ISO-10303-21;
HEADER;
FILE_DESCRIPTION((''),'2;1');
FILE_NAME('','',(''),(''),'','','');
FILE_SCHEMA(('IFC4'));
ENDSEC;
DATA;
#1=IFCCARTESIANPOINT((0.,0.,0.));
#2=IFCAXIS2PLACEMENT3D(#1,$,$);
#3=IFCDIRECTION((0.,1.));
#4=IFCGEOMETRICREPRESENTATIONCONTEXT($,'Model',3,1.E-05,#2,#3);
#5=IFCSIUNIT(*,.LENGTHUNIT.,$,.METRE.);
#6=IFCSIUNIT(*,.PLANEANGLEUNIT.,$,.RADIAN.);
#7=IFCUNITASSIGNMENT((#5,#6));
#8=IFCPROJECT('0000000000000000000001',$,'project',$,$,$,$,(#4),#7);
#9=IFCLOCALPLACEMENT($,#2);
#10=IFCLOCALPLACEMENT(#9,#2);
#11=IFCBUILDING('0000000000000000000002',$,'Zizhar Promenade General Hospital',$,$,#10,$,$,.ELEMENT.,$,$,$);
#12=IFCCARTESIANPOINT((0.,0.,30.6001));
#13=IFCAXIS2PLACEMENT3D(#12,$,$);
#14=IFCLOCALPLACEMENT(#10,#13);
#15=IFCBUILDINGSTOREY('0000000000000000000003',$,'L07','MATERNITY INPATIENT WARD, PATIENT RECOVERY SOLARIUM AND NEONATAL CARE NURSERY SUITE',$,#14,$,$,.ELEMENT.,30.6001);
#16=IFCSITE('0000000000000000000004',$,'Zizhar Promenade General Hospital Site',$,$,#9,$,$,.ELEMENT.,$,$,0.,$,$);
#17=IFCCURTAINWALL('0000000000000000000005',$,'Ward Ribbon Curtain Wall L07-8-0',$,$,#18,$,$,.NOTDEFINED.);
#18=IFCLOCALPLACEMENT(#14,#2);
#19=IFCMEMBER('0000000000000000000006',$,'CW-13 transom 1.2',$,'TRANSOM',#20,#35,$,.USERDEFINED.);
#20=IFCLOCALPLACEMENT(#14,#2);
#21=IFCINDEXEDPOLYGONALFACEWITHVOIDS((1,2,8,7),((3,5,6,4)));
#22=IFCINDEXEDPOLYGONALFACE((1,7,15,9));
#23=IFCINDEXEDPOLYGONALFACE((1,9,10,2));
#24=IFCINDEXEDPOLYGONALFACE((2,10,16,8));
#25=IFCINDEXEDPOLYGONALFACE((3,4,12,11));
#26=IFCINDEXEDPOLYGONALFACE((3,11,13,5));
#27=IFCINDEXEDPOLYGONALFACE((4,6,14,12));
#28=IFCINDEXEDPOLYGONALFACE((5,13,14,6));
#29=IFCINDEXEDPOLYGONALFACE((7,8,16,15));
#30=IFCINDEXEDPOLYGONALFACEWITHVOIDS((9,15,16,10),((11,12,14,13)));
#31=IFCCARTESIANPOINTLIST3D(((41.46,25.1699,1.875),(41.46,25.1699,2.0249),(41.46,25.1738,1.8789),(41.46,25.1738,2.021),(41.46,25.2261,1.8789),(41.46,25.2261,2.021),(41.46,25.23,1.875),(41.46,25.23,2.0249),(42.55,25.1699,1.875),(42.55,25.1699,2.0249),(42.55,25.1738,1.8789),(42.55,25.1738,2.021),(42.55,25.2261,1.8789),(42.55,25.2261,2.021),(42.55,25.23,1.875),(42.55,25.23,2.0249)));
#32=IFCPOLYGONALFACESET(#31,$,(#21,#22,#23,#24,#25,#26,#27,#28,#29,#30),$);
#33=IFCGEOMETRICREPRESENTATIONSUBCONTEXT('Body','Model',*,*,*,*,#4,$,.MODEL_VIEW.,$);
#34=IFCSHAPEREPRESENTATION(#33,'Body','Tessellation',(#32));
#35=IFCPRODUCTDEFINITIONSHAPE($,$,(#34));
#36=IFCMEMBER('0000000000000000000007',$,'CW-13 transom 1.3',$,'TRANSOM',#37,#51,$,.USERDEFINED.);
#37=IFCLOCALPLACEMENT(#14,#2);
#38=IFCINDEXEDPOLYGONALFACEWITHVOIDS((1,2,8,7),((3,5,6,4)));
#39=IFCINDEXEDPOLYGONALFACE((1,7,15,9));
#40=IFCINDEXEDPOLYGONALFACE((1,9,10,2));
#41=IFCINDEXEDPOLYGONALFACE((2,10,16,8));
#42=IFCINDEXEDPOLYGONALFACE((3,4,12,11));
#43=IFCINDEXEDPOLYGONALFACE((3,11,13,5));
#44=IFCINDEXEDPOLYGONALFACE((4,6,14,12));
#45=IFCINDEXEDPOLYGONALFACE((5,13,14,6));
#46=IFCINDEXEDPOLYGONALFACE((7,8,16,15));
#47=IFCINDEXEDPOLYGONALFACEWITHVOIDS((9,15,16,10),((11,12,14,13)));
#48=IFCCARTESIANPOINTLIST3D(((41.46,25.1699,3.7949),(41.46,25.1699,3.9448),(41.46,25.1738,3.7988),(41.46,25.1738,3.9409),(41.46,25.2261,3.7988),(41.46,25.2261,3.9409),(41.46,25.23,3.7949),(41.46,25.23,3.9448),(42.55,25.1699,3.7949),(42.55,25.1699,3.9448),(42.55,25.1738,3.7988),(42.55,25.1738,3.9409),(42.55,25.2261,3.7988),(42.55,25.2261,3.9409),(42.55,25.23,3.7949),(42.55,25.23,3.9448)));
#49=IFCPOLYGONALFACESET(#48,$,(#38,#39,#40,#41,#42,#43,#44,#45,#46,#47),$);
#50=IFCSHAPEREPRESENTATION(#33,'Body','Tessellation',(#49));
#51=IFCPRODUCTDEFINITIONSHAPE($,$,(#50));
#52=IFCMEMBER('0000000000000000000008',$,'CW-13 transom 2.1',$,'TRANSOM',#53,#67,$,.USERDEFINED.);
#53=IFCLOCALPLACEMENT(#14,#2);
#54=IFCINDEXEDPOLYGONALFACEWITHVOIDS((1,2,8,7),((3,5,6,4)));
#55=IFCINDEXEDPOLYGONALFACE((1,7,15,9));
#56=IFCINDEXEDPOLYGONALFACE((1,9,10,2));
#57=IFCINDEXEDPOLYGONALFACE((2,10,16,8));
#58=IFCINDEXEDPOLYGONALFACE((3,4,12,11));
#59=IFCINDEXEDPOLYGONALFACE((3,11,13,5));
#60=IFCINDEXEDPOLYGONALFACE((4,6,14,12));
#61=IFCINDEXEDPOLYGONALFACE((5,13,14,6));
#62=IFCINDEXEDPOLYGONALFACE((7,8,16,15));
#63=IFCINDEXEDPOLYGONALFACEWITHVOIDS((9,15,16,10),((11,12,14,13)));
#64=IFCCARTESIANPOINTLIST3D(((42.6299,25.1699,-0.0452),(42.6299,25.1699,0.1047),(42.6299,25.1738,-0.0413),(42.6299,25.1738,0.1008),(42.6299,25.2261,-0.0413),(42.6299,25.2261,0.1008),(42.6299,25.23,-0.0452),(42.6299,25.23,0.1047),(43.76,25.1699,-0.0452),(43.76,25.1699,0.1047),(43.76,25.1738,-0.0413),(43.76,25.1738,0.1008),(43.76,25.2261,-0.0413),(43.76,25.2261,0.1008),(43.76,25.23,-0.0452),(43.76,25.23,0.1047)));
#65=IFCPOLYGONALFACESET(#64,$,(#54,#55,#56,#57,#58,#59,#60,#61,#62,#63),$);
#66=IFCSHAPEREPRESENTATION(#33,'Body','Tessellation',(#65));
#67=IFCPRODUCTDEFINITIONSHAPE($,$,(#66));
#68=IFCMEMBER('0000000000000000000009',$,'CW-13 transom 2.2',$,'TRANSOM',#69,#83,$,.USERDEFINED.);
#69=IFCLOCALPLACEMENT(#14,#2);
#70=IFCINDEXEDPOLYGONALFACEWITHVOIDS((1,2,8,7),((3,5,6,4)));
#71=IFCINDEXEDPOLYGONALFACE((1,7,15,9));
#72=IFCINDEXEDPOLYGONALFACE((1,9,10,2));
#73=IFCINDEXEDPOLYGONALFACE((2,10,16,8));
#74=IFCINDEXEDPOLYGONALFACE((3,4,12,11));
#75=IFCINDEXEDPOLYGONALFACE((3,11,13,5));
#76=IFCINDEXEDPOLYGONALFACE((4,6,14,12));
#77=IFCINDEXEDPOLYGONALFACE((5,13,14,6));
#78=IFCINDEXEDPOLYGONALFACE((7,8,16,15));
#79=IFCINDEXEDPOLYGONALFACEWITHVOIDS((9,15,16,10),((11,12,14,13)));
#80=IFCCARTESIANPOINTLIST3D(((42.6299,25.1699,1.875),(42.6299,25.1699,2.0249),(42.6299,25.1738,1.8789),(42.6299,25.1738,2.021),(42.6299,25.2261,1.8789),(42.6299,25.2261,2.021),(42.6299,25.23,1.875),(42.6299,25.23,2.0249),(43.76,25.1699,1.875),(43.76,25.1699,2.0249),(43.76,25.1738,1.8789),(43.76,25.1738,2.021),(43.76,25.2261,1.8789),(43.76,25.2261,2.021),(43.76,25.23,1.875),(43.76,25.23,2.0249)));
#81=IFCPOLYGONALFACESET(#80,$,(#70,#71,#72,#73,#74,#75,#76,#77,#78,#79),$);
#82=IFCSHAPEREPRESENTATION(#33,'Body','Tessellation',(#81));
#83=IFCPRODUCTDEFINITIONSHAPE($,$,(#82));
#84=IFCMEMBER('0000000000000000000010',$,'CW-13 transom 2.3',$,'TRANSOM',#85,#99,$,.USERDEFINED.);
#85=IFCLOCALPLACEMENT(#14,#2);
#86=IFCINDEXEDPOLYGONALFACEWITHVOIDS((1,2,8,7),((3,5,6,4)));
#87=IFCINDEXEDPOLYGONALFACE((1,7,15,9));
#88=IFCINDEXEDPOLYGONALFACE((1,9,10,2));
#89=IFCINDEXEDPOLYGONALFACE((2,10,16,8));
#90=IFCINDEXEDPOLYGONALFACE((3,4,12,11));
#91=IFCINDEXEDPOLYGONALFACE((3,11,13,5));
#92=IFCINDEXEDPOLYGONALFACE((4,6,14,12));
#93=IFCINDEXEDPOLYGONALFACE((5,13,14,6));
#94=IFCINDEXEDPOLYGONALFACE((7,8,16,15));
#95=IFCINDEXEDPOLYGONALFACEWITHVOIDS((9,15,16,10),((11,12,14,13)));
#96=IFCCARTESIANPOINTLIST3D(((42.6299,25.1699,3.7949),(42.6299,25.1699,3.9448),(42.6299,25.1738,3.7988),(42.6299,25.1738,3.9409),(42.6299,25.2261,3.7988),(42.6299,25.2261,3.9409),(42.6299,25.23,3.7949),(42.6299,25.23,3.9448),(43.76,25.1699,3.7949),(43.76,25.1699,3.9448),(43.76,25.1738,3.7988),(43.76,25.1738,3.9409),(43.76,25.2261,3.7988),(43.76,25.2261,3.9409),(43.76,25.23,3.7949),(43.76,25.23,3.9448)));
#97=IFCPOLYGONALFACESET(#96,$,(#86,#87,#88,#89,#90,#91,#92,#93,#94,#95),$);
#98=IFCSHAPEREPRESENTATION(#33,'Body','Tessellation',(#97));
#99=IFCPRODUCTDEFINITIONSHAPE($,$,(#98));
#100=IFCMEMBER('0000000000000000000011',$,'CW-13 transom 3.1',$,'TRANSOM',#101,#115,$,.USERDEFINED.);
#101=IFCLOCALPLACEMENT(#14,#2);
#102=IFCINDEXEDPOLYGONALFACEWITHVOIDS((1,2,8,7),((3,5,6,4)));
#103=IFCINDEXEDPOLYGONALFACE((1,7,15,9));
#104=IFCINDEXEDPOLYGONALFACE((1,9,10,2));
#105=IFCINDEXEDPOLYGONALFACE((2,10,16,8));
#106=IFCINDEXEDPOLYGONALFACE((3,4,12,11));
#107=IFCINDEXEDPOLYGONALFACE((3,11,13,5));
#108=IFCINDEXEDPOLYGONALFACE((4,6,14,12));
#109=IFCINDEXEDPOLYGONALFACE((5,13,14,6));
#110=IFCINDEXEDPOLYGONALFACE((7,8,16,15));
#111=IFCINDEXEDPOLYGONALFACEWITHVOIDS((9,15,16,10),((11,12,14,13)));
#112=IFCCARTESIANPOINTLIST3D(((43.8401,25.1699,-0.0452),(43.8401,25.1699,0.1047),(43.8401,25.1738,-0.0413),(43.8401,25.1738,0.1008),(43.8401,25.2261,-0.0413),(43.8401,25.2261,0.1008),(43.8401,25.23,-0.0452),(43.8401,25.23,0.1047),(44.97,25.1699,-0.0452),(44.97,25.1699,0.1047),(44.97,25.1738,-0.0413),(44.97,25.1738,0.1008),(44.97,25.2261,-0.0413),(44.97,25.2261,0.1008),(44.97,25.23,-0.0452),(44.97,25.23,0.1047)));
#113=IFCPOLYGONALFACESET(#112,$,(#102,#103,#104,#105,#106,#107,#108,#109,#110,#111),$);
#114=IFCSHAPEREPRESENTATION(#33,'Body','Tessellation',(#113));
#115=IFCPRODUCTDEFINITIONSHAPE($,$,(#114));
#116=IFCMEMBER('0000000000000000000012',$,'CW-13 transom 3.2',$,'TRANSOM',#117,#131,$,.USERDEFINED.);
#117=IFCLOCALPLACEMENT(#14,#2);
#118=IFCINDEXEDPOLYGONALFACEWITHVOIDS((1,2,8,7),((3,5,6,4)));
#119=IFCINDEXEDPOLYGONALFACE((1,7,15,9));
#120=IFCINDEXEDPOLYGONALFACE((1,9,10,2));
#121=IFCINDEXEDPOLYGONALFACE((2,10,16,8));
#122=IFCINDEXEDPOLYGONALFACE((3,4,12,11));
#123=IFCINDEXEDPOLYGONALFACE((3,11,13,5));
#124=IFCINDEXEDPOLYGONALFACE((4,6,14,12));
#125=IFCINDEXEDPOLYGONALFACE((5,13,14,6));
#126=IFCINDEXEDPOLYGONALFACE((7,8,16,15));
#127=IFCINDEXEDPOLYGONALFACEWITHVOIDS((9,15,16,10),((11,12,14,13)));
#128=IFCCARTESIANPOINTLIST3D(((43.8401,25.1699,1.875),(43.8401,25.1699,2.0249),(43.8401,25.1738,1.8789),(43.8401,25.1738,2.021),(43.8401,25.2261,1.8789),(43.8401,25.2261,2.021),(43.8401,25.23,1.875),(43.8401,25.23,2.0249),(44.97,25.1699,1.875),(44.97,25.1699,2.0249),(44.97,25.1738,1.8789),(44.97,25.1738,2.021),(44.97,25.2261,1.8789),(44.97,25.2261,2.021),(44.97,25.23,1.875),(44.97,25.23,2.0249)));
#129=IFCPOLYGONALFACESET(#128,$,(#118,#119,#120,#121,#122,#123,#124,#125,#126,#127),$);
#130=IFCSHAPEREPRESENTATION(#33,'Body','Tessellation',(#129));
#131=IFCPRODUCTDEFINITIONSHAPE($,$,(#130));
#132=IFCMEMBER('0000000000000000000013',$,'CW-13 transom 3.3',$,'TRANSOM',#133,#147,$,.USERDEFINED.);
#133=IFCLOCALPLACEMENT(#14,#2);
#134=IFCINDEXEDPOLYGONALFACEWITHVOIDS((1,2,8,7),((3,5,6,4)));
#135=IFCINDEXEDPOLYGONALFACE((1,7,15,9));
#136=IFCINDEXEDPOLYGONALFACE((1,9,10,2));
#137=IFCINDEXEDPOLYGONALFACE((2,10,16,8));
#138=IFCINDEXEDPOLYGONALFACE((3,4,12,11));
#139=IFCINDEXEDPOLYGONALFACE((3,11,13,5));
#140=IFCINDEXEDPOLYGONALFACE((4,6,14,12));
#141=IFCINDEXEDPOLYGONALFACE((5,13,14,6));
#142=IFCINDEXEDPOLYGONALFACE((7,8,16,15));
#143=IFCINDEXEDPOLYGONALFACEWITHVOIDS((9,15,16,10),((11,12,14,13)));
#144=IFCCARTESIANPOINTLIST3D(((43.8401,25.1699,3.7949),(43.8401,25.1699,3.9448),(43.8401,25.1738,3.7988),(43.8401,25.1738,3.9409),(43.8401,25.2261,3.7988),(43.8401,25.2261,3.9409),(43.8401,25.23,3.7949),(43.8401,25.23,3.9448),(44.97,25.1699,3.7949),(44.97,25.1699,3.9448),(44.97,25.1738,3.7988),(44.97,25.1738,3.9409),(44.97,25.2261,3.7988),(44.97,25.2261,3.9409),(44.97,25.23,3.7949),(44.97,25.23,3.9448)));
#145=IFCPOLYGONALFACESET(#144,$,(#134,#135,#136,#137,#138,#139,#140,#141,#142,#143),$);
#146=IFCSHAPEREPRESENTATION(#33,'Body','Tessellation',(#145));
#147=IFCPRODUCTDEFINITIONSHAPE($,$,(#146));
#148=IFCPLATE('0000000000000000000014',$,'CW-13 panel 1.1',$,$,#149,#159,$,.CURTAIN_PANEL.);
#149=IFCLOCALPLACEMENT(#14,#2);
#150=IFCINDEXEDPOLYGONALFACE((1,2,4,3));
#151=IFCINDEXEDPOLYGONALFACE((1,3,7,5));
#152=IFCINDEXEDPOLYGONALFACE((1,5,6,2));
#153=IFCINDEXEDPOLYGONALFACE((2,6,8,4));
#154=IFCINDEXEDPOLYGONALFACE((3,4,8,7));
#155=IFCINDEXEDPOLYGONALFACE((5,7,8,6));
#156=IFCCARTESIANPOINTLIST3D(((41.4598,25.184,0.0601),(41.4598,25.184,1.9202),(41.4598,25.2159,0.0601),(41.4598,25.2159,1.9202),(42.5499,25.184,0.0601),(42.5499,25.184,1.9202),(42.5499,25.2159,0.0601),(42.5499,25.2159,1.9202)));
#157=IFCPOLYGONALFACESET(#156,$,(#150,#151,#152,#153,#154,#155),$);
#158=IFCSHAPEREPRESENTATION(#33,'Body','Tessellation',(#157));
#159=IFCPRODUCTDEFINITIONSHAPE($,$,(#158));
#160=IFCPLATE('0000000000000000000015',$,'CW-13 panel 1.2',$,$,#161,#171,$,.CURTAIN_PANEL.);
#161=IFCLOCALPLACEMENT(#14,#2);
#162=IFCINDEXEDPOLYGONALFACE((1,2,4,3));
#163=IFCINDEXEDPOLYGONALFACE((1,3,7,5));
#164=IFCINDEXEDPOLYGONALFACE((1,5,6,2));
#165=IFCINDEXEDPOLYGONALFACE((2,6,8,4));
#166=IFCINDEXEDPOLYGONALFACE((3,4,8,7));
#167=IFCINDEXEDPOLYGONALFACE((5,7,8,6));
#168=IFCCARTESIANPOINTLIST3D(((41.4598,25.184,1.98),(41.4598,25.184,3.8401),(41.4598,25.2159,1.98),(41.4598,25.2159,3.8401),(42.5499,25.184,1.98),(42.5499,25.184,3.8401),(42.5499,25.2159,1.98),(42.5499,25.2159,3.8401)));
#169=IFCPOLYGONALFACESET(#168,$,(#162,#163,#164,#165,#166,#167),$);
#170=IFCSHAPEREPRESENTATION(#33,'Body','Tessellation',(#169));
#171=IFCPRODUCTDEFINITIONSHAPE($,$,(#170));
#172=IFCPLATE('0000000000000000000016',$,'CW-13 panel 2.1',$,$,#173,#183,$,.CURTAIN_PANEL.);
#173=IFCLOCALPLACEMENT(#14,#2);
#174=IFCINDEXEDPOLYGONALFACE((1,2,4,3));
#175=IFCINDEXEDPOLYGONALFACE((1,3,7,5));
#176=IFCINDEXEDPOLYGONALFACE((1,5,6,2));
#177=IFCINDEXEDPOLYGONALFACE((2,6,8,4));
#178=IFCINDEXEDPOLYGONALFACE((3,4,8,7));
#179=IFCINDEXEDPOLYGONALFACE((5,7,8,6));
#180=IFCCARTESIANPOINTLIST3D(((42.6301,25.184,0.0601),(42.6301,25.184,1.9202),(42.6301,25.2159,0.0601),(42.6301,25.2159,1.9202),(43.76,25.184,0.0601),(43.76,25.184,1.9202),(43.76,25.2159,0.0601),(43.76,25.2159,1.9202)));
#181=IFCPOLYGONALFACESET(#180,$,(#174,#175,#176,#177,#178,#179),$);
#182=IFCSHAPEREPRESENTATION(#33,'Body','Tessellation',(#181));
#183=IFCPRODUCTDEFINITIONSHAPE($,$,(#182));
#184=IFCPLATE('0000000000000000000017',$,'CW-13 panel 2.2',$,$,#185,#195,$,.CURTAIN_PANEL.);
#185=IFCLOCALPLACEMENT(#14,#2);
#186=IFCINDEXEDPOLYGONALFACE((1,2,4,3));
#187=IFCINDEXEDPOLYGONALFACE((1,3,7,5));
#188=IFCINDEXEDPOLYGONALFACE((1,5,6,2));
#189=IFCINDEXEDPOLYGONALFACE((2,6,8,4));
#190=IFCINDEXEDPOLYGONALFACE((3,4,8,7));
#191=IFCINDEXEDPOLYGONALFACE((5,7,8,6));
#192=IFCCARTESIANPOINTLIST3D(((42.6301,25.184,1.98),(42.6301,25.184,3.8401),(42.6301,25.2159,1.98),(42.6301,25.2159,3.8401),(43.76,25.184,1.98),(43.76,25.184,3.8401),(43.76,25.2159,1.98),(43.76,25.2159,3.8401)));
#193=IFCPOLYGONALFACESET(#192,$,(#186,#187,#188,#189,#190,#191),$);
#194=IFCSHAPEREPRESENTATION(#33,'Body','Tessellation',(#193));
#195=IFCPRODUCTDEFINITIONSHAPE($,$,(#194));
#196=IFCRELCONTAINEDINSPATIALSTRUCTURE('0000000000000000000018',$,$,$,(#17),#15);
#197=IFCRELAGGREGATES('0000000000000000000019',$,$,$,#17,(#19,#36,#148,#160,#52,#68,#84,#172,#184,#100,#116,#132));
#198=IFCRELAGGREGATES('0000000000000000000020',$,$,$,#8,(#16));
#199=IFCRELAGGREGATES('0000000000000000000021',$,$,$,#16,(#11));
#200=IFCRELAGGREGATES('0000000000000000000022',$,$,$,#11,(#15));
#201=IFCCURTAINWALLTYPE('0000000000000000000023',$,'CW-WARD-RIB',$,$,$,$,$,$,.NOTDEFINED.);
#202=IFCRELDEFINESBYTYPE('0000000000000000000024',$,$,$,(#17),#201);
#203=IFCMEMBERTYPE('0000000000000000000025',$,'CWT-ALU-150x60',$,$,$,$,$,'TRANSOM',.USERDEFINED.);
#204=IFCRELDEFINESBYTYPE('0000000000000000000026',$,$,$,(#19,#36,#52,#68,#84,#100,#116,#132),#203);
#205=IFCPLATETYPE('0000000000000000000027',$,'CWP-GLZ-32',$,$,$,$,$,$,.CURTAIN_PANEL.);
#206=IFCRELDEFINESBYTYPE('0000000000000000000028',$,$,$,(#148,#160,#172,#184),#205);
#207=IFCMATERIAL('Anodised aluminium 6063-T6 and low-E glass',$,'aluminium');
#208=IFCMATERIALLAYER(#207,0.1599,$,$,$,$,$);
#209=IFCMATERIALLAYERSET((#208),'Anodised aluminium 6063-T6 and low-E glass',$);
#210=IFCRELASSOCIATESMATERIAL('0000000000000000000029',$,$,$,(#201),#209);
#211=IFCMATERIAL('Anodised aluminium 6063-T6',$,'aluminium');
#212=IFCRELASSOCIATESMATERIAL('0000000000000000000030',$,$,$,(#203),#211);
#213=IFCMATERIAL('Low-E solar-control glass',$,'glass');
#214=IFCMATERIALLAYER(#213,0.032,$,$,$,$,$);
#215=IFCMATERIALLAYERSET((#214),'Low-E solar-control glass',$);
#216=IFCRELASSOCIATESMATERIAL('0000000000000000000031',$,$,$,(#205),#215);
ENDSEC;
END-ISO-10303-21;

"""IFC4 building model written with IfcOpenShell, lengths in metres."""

from ifc_helpers import new_model, si_unit, direction, frame, origin, origin_2d, place, context, subcontext, project, spatial, rectangle, hollow_rectangle, extrude, material, layer, layer_set, material_profile, profile_set, type_object, element, aggregate, save


model = new_model("IFC4")

# Units and contexts
model_context = context("Model", 3, precision=1e-05, world=origin(), true_north=direction((0.0, 1.0)))
body_context = subcontext(model_context, "Body", "Model", "MODEL_VIEW")
ifc_project = project(units=[si_unit("LENGTHUNIT", "METRE"), si_unit("PLANEANGLEUNIT", "RADIAN")], contexts=[model_context])

# Site, building, storey
site_placement = place(None, origin())
site = spatial("IfcSite", under=ifc_project, at=site_placement, Name="Zizhar Promenade General Hospital Site", CompositionType="ELEMENT", RefElevation=0.0)
building_placement = place(site_placement, origin())
building = spatial("IfcBuilding", under=site, at=building_placement, Name="Zizhar Promenade General Hospital", CompositionType="ELEMENT")
storey_placement = place(building_placement, frame((0.0, 0.0, 30.6001)))
storey = spatial("IfcBuildingStorey", under=building, at=storey_placement, Name="L07", Description="MATERNITY INPATIENT WARD, PATIENT RECOVERY SOLARIUM AND NEONATAL CARE NURSERY SUITE", CompositionType="ELEMENT", Elevation=30.6001)

# Curtain wall
ifc_material_1 = material(Name="Anodised aluminium 6063-T6 and low-E glass", Category="aluminium")
ifc_layer_1 = layer(ifc_material_1, 0.1599)
ifc_layer_set_1 = layer_set([ifc_layer_1], Name="Anodised aluminium 6063-T6 and low-E glass")
curtain_wall_type_1 = type_object("IfcCurtainWallType", Name="CW-WARD-RIB", PredefinedType="NOTDEFINED", material=ifc_layer_set_1)
curtain_wall_1_placement = place(storey_placement, origin())
curtain_wall_1 = element("IfcCurtainWall", 1, at=curtain_wall_1_placement, inside=storey, type_object=curtain_wall_type_1, Name="Ward Ribbon Curtain Wall L07-8-0", PredefinedType="NOTDEFINED")

# Members
ifc_material_2 = material(Name="Anodised aluminium 6063-T6", Category="aluminium")
ifc_material_profile_1 = material_profile(ifc_material_2, hollow_rectangle(XDim=0.0601, YDim=0.1499, WallThickness=0.0039, at=origin_2d()))
ifc_profile_set_1 = profile_set([ifc_material_profile_1], Name="Anodised aluminium 6063-T6")
member_type_1 = type_object("IfcMemberType", Name="CWT-ALU-150x60", ElementType="TRANSOM", PredefinedType="USERDEFINED", material=ifc_profile_set_1)
member_1_placement = place(storey_placement, frame((41.46, 25.2, 1.95), z_axis=(1.0, 0.0, 0.0), x_axis=(0.0, 1.0, 0.0)))
member_1 = element("IfcMember", 2, at=member_1_placement, type_object=member_type_1, Name="CW-13 transom 1.2", ObjectType="TRANSOM", PredefinedType="USERDEFINED", context=body_context, shape_type="SweptSolid", body=[
    extrude(hollow_rectangle(XDim=0.0601, YDim=0.1499, WallThickness=0.0039, at=origin_2d()), origin(), (0.0, 0.0, 1.0), 1.0901),
])
member_2_placement = place(storey_placement, frame((41.46, 25.2, 3.8699), z_axis=(1.0, 0.0, 0.0), x_axis=(0.0, 1.0, 0.0)))
member_2 = element("IfcMember", 3, at=member_2_placement, type_object=member_type_1, Name="CW-13 transom 1.3", ObjectType="TRANSOM", PredefinedType="USERDEFINED", context=body_context, shape_type="SweptSolid", body=[
    extrude(hollow_rectangle(XDim=0.0601, YDim=0.1499, WallThickness=0.0039, at=origin_2d()), origin(), (0.0, 0.0, 1.0), 1.0901),
])
member_3_placement = place(storey_placement, frame((42.6299, 25.2, 0.0298), z_axis=(1.0, 0.0, 0.0), x_axis=(0.0, 1.0, 0.0)))
member_3 = element("IfcMember", 4, at=member_3_placement, type_object=member_type_1, Name="CW-13 transom 2.1", ObjectType="TRANSOM", PredefinedType="USERDEFINED", context=body_context, shape_type="SweptSolid", body=[
    extrude(hollow_rectangle(XDim=0.0601, YDim=0.1499, WallThickness=0.0039, at=origin_2d()), origin(), (0.0, 0.0, 1.0), 1.1301),
])
member_4_placement = place(storey_placement, frame((42.6299, 25.2, 1.95), z_axis=(1.0, 0.0, 0.0), x_axis=(0.0, 1.0, 0.0)))
member_4 = element("IfcMember", 5, at=member_4_placement, type_object=member_type_1, Name="CW-13 transom 2.2", ObjectType="TRANSOM", PredefinedType="USERDEFINED", context=body_context, shape_type="SweptSolid", body=[
    extrude(hollow_rectangle(XDim=0.0601, YDim=0.1499, WallThickness=0.0039, at=origin_2d()), origin(), (0.0, 0.0, 1.0), 1.1301),
])
member_5_placement = place(storey_placement, frame((42.6299, 25.2, 3.8699), z_axis=(1.0, 0.0, 0.0), x_axis=(0.0, 1.0, 0.0)))
member_5 = element("IfcMember", 6, at=member_5_placement, type_object=member_type_1, Name="CW-13 transom 2.3", ObjectType="TRANSOM", PredefinedType="USERDEFINED", context=body_context, shape_type="SweptSolid", body=[
    extrude(hollow_rectangle(XDim=0.0601, YDim=0.1499, WallThickness=0.0039, at=origin_2d()), origin(), (0.0, 0.0, 1.0), 1.1301),
])
member_6_placement = place(storey_placement, frame((43.8401, 25.2, 0.0298), z_axis=(1.0, 0.0, 0.0), x_axis=(0.0, 1.0, 0.0)))
member_6 = element("IfcMember", 7, at=member_6_placement, type_object=member_type_1, Name="CW-13 transom 3.1", ObjectType="TRANSOM", PredefinedType="USERDEFINED", context=body_context, shape_type="SweptSolid", body=[
    extrude(hollow_rectangle(XDim=0.0601, YDim=0.1499, WallThickness=0.0039, at=origin_2d()), origin(), (0.0, 0.0, 1.0), 1.1299),
])
member_7_placement = place(storey_placement, frame((43.8401, 25.2, 1.95), z_axis=(1.0, 0.0, 0.0), x_axis=(0.0, 1.0, 0.0)))
member_7 = element("IfcMember", 8, at=member_7_placement, type_object=member_type_1, Name="CW-13 transom 3.2", ObjectType="TRANSOM", PredefinedType="USERDEFINED", context=body_context, shape_type="SweptSolid", body=[
    extrude(hollow_rectangle(XDim=0.0601, YDim=0.1499, WallThickness=0.0039, at=origin_2d()), origin(), (0.0, 0.0, 1.0), 1.1299),
])
member_8_placement = place(storey_placement, frame((43.8401, 25.2, 3.8699), z_axis=(1.0, 0.0, 0.0), x_axis=(0.0, 1.0, 0.0)))
member_8 = element("IfcMember", 9, at=member_8_placement, type_object=member_type_1, Name="CW-13 transom 3.3", ObjectType="TRANSOM", PredefinedType="USERDEFINED", context=body_context, shape_type="SweptSolid", body=[
    extrude(hollow_rectangle(XDim=0.0601, YDim=0.1499, WallThickness=0.0039, at=origin_2d()), origin(), (0.0, 0.0, 1.0), 1.1299),
])

# Plates
ifc_material_3 = material(Name="Low-E solar-control glass", Category="glass")
ifc_layer_2 = layer(ifc_material_3, 0.032)
ifc_layer_set_2 = layer_set([ifc_layer_2], Name="Low-E solar-control glass")
plate_type = type_object("IfcPlateType", Name="CWP-GLZ-32", PredefinedType="CURTAIN_PANEL", material=ifc_layer_set_2)
plate_1_placement = place(storey_placement, frame((42.0049, 25.2, 0.0601), z_axis=(0.0, 0.0, 1.0), x_axis=(1.0, 0.0, 0.0)))
plate_1 = element("IfcPlate", 10, at=plate_1_placement, type_object=plate_type, Name="CW-13 panel 1.1", PredefinedType="CURTAIN_PANEL", context=body_context, shape_type="SweptSolid", body=[
    extrude(rectangle(XDim=1.0901, YDim=0.032, at=origin_2d()), origin(), (0.0, 0.0, 1.0), 1.8601),
])
plate_2_placement = place(storey_placement, frame((42.0049, 25.2, 1.98), z_axis=(0.0, 0.0, 1.0), x_axis=(1.0, 0.0, 0.0)))
plate_2 = element("IfcPlate", 11, at=plate_2_placement, type_object=plate_type, Name="CW-13 panel 1.2", PredefinedType="CURTAIN_PANEL", context=body_context, shape_type="SweptSolid", body=[
    extrude(rectangle(XDim=1.0901, YDim=0.032, at=origin_2d()), origin(), (0.0, 0.0, 1.0), 1.8601),
])
plate_3_placement = place(storey_placement, frame((43.1951, 25.2, 0.0601), z_axis=(0.0, 0.0, 1.0), x_axis=(1.0, 0.0, 0.0)))
plate_3 = element("IfcPlate", 12, at=plate_3_placement, type_object=plate_type, Name="CW-13 panel 2.1", PredefinedType="CURTAIN_PANEL", context=body_context, shape_type="SweptSolid", body=[
    extrude(rectangle(XDim=1.1299, YDim=0.032, at=origin_2d()), origin(), (0.0, 0.0, 1.0), 1.8601),
])
plate_4_placement = place(storey_placement, frame((43.1951, 25.2, 1.98), z_axis=(0.0, 0.0, 1.0), x_axis=(1.0, 0.0, 0.0)))
plate_4 = element("IfcPlate", 13, at=plate_4_placement, type_object=plate_type, Name="CW-13 panel 2.2", PredefinedType="CURTAIN_PANEL", context=body_context, shape_type="SweptSolid", body=[
    extrude(rectangle(XDim=1.1299, YDim=0.032, at=origin_2d()), origin(), (0.0, 0.0, 1.0), 1.8601),
])
aggregate(curtain_wall_1, [member_1, member_2, plate_1, plate_2, member_3, member_4, member_5, plate_3, plate_4, member_6, member_7, member_8])

save(model, "model.ifc")
